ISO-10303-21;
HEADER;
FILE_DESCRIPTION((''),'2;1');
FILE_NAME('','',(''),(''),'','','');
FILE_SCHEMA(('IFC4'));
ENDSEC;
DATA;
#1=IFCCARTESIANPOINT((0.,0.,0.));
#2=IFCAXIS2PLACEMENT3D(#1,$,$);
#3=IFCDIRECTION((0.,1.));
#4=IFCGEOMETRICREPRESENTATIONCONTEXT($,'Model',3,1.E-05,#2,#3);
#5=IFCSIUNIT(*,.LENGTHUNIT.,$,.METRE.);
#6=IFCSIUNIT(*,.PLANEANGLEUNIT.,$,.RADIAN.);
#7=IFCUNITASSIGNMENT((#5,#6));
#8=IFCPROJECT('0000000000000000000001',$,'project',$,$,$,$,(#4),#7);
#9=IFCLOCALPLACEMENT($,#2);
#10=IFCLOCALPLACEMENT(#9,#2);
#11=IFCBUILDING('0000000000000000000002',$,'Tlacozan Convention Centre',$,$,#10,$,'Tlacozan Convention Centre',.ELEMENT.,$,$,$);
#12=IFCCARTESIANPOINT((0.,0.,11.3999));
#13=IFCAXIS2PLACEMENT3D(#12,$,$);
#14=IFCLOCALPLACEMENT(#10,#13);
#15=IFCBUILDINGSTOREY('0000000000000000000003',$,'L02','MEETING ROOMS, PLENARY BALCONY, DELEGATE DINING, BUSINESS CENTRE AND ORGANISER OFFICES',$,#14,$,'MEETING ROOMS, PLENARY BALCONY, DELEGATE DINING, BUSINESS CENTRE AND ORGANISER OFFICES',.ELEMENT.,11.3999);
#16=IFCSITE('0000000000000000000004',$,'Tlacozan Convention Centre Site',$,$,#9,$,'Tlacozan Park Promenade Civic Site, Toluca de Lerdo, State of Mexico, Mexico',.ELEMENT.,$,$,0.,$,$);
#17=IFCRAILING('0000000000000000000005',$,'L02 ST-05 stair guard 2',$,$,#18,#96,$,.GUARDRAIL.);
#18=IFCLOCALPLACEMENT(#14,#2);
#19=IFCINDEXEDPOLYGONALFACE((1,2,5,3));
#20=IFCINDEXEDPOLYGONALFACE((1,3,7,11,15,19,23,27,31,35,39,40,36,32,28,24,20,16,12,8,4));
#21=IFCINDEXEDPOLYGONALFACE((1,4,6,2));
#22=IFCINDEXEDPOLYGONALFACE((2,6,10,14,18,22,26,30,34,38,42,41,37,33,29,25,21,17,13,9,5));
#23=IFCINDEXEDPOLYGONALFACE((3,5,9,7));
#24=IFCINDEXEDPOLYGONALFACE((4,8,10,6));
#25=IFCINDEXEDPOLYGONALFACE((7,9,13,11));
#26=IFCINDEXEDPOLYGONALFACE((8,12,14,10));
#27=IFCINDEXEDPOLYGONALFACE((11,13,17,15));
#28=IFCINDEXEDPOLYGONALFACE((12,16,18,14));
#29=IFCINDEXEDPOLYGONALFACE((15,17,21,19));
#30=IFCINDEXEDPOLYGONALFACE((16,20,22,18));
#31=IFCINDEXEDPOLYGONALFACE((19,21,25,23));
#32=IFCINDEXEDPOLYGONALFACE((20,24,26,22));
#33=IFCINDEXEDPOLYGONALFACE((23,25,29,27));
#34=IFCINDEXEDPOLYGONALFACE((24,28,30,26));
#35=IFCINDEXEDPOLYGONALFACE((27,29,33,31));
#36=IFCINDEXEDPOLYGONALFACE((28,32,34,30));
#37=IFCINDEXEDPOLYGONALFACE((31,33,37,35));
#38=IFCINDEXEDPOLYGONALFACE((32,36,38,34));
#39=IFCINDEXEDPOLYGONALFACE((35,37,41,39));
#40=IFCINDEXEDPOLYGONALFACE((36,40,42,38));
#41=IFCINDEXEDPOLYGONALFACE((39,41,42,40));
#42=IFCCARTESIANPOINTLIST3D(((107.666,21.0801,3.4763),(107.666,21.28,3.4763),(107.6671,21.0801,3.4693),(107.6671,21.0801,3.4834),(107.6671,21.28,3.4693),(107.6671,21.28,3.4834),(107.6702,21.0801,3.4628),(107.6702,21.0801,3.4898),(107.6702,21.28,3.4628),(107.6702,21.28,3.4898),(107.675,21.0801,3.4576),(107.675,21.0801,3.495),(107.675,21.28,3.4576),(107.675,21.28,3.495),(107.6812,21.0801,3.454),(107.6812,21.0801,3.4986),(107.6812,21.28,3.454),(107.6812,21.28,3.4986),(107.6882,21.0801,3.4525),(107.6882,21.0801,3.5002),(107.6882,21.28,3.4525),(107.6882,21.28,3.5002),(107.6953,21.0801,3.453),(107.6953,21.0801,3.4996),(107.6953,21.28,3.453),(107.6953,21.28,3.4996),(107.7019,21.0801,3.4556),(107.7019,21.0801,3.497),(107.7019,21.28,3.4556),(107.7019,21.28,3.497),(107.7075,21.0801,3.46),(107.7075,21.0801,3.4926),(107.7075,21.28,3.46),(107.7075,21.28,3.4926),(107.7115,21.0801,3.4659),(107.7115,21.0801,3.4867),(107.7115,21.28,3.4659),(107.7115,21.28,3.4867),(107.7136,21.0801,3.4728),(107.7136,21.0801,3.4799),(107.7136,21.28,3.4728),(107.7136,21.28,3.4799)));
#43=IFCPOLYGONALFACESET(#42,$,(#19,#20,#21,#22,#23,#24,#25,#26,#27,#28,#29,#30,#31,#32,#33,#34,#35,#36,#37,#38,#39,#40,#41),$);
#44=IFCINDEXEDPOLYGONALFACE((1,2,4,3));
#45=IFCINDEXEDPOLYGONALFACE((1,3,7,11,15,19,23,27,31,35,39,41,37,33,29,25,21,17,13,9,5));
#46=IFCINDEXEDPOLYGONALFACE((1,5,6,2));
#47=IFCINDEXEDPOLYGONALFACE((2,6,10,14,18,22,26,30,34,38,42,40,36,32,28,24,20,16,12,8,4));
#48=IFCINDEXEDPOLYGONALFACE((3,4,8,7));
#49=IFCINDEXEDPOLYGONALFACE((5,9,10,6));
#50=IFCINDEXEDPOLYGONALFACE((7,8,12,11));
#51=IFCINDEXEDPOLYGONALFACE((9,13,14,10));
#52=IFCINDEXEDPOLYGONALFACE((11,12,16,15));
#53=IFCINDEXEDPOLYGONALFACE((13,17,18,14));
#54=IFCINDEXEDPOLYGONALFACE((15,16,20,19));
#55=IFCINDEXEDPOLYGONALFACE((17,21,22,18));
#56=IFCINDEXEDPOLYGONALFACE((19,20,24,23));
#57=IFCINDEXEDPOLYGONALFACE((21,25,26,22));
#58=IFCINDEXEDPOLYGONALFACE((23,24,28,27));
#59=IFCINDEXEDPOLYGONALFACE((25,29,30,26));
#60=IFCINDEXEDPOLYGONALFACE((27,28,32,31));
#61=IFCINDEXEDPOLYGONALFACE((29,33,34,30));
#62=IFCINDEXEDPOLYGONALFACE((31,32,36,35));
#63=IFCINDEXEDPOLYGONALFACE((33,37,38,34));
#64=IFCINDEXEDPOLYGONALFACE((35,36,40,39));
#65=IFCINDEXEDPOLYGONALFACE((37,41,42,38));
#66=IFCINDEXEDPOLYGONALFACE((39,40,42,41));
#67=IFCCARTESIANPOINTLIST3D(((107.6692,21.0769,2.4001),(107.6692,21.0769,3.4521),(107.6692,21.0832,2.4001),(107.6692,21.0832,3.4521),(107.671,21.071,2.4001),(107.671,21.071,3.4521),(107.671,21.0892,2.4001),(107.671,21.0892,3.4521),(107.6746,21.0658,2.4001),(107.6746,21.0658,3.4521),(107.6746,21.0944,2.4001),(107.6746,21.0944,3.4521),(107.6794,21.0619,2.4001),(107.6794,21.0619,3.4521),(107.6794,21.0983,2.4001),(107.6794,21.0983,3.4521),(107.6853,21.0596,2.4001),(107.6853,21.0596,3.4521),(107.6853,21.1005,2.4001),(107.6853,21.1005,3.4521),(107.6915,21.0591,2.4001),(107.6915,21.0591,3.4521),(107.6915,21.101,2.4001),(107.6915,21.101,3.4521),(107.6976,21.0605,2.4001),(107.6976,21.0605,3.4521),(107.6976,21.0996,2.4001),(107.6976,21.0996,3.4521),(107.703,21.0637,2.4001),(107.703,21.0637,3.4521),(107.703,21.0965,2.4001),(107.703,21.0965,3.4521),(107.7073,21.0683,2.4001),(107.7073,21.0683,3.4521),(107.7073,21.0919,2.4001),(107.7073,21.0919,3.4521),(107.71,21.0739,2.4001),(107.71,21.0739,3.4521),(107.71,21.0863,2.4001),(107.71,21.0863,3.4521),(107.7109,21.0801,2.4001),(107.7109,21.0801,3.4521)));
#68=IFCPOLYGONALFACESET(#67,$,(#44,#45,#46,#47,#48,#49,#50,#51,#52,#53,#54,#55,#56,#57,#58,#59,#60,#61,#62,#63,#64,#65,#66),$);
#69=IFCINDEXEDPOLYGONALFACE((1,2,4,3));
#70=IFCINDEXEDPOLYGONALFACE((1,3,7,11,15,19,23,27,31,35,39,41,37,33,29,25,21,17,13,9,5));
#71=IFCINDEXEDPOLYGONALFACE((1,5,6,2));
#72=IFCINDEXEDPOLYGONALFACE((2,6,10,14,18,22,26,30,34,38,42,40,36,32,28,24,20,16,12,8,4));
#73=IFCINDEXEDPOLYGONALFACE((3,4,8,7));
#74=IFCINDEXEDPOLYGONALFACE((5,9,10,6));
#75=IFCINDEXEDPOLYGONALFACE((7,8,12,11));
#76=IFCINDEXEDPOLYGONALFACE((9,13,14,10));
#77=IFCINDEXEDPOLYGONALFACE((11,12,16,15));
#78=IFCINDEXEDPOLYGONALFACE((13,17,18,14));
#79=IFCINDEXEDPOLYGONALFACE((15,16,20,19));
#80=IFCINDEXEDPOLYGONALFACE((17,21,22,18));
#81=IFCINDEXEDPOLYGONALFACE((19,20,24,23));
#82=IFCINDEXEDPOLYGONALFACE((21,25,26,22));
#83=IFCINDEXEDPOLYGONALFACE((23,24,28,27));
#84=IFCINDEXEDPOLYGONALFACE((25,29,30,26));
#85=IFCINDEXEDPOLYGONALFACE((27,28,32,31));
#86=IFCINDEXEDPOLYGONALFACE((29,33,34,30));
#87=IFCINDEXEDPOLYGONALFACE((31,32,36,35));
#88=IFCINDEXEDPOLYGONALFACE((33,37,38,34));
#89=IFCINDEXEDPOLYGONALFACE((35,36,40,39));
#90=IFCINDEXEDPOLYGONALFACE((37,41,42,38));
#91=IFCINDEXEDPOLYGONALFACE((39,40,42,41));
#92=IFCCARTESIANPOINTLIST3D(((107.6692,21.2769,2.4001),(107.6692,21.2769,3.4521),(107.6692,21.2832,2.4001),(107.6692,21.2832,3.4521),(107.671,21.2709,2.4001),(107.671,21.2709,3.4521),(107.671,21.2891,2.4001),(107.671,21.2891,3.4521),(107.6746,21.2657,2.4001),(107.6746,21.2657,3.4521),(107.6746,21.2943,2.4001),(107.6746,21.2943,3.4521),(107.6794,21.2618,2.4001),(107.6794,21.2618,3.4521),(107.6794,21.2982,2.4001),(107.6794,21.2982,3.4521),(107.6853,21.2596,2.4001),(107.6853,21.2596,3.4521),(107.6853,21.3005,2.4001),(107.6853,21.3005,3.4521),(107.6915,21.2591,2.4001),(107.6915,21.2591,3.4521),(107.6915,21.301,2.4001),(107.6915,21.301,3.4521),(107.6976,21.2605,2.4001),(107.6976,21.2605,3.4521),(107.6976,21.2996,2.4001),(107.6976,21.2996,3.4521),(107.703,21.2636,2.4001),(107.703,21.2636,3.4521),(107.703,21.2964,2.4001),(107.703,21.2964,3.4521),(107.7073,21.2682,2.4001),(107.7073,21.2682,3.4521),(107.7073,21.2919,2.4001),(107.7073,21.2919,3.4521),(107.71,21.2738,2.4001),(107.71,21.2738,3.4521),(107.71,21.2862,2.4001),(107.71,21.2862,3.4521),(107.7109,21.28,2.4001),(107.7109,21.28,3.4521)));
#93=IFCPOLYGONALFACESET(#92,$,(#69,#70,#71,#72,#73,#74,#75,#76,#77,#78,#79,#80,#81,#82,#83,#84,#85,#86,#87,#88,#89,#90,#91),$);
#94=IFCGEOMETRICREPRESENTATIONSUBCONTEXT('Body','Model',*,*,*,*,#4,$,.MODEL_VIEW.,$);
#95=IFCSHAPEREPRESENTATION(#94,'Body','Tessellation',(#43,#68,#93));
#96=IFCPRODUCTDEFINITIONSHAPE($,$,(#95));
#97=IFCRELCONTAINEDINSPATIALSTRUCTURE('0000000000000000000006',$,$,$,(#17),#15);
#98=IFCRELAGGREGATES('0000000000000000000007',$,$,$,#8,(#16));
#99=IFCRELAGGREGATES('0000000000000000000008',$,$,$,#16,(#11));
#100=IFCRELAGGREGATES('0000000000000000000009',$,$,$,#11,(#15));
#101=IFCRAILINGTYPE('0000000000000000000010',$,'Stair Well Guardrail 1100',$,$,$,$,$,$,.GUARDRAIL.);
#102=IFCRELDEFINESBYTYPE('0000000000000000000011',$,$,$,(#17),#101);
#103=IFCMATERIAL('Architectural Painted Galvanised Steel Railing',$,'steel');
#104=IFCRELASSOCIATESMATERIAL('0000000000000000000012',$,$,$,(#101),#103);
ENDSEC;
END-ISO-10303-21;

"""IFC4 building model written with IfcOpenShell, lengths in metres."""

from ifc_helpers import new_model, si_unit, direction, frame, origin, origin_2d, place, context, subcontext, project, spatial, circle, extrude, material, type_object, element, save


model = new_model("IFC4")

# Units and contexts
model_context = context("Model", 3, precision=1e-05, world=origin(), true_north=direction((0.0, 1.0)))
body_context = subcontext(model_context, "Body", "Model", "MODEL_VIEW")
ifc_project = project(units=[si_unit("LENGTHUNIT", "METRE"), si_unit("PLANEANGLEUNIT", "RADIAN")], contexts=[model_context])

# Site, building, storey
site_placement = place(None, origin())
site = spatial("IfcSite", under=ifc_project, at=site_placement, Name="Tlacozan Convention Centre Site", LongName="Tlacozan Park Promenade Civic Site, Toluca de Lerdo, State of Mexico, Mexico", CompositionType="ELEMENT", RefElevation=0.0)
building_placement = place(site_placement, origin())
building = spatial("IfcBuilding", under=site, at=building_placement, Name="Tlacozan Convention Centre", LongName="Tlacozan Convention Centre", CompositionType="ELEMENT")
storey_placement = place(building_placement, frame((0.0, 0.0, 11.3999)))
storey = spatial("IfcBuildingStorey", under=building, at=storey_placement, Name="L02", Description="MEETING ROOMS, PLENARY BALCONY, DELEGATE DINING, BUSINESS CENTRE AND ORGANISER OFFICES", LongName="MEETING ROOMS, PLENARY BALCONY, DELEGATE DINING, BUSINESS CENTRE AND ORGANISER OFFICES", CompositionType="ELEMENT", Elevation=11.3999)

# Railing
ifc_material_1 = material(Name="Architectural Painted Galvanised Steel Railing", Category="steel")
railing_type_1 = type_object("IfcRailingType", Name="Stair Well Guardrail 1100", PredefinedType="GUARDRAIL", material=ifc_material_1)
railing_1_placement = place(storey_placement, frame((107.6899, 21.0801, 2.4001)))
element("IfcRailing", 1, at=railing_1_placement, inside=storey, type_object=railing_type_1, Name="L02 ST-05 stair guard 2", PredefinedType="GUARDRAIL", context=body_context, shape_type="SweptSolid", body=[
    extrude(circle(Radius=0.0239, at=origin_2d()), frame((0.0, 0.0, 1.0762), z_axis=(0.0, 1.0, 0.0), x_axis=(-1.0, 0.0, 0.0)), (0.0, 0.0, 1.0), 0.2),
    extrude(circle(Radius=0.021, at=origin_2d()), origin(), (0.0, 0.0, 1.0), 1.052),
    extrude(circle(Radius=0.021, at=origin_2d()), frame((0.0, 0.2, 0.0)), (0.0, 0.0, 1.0), 1.052),
])

save(model, "model.ifc")
